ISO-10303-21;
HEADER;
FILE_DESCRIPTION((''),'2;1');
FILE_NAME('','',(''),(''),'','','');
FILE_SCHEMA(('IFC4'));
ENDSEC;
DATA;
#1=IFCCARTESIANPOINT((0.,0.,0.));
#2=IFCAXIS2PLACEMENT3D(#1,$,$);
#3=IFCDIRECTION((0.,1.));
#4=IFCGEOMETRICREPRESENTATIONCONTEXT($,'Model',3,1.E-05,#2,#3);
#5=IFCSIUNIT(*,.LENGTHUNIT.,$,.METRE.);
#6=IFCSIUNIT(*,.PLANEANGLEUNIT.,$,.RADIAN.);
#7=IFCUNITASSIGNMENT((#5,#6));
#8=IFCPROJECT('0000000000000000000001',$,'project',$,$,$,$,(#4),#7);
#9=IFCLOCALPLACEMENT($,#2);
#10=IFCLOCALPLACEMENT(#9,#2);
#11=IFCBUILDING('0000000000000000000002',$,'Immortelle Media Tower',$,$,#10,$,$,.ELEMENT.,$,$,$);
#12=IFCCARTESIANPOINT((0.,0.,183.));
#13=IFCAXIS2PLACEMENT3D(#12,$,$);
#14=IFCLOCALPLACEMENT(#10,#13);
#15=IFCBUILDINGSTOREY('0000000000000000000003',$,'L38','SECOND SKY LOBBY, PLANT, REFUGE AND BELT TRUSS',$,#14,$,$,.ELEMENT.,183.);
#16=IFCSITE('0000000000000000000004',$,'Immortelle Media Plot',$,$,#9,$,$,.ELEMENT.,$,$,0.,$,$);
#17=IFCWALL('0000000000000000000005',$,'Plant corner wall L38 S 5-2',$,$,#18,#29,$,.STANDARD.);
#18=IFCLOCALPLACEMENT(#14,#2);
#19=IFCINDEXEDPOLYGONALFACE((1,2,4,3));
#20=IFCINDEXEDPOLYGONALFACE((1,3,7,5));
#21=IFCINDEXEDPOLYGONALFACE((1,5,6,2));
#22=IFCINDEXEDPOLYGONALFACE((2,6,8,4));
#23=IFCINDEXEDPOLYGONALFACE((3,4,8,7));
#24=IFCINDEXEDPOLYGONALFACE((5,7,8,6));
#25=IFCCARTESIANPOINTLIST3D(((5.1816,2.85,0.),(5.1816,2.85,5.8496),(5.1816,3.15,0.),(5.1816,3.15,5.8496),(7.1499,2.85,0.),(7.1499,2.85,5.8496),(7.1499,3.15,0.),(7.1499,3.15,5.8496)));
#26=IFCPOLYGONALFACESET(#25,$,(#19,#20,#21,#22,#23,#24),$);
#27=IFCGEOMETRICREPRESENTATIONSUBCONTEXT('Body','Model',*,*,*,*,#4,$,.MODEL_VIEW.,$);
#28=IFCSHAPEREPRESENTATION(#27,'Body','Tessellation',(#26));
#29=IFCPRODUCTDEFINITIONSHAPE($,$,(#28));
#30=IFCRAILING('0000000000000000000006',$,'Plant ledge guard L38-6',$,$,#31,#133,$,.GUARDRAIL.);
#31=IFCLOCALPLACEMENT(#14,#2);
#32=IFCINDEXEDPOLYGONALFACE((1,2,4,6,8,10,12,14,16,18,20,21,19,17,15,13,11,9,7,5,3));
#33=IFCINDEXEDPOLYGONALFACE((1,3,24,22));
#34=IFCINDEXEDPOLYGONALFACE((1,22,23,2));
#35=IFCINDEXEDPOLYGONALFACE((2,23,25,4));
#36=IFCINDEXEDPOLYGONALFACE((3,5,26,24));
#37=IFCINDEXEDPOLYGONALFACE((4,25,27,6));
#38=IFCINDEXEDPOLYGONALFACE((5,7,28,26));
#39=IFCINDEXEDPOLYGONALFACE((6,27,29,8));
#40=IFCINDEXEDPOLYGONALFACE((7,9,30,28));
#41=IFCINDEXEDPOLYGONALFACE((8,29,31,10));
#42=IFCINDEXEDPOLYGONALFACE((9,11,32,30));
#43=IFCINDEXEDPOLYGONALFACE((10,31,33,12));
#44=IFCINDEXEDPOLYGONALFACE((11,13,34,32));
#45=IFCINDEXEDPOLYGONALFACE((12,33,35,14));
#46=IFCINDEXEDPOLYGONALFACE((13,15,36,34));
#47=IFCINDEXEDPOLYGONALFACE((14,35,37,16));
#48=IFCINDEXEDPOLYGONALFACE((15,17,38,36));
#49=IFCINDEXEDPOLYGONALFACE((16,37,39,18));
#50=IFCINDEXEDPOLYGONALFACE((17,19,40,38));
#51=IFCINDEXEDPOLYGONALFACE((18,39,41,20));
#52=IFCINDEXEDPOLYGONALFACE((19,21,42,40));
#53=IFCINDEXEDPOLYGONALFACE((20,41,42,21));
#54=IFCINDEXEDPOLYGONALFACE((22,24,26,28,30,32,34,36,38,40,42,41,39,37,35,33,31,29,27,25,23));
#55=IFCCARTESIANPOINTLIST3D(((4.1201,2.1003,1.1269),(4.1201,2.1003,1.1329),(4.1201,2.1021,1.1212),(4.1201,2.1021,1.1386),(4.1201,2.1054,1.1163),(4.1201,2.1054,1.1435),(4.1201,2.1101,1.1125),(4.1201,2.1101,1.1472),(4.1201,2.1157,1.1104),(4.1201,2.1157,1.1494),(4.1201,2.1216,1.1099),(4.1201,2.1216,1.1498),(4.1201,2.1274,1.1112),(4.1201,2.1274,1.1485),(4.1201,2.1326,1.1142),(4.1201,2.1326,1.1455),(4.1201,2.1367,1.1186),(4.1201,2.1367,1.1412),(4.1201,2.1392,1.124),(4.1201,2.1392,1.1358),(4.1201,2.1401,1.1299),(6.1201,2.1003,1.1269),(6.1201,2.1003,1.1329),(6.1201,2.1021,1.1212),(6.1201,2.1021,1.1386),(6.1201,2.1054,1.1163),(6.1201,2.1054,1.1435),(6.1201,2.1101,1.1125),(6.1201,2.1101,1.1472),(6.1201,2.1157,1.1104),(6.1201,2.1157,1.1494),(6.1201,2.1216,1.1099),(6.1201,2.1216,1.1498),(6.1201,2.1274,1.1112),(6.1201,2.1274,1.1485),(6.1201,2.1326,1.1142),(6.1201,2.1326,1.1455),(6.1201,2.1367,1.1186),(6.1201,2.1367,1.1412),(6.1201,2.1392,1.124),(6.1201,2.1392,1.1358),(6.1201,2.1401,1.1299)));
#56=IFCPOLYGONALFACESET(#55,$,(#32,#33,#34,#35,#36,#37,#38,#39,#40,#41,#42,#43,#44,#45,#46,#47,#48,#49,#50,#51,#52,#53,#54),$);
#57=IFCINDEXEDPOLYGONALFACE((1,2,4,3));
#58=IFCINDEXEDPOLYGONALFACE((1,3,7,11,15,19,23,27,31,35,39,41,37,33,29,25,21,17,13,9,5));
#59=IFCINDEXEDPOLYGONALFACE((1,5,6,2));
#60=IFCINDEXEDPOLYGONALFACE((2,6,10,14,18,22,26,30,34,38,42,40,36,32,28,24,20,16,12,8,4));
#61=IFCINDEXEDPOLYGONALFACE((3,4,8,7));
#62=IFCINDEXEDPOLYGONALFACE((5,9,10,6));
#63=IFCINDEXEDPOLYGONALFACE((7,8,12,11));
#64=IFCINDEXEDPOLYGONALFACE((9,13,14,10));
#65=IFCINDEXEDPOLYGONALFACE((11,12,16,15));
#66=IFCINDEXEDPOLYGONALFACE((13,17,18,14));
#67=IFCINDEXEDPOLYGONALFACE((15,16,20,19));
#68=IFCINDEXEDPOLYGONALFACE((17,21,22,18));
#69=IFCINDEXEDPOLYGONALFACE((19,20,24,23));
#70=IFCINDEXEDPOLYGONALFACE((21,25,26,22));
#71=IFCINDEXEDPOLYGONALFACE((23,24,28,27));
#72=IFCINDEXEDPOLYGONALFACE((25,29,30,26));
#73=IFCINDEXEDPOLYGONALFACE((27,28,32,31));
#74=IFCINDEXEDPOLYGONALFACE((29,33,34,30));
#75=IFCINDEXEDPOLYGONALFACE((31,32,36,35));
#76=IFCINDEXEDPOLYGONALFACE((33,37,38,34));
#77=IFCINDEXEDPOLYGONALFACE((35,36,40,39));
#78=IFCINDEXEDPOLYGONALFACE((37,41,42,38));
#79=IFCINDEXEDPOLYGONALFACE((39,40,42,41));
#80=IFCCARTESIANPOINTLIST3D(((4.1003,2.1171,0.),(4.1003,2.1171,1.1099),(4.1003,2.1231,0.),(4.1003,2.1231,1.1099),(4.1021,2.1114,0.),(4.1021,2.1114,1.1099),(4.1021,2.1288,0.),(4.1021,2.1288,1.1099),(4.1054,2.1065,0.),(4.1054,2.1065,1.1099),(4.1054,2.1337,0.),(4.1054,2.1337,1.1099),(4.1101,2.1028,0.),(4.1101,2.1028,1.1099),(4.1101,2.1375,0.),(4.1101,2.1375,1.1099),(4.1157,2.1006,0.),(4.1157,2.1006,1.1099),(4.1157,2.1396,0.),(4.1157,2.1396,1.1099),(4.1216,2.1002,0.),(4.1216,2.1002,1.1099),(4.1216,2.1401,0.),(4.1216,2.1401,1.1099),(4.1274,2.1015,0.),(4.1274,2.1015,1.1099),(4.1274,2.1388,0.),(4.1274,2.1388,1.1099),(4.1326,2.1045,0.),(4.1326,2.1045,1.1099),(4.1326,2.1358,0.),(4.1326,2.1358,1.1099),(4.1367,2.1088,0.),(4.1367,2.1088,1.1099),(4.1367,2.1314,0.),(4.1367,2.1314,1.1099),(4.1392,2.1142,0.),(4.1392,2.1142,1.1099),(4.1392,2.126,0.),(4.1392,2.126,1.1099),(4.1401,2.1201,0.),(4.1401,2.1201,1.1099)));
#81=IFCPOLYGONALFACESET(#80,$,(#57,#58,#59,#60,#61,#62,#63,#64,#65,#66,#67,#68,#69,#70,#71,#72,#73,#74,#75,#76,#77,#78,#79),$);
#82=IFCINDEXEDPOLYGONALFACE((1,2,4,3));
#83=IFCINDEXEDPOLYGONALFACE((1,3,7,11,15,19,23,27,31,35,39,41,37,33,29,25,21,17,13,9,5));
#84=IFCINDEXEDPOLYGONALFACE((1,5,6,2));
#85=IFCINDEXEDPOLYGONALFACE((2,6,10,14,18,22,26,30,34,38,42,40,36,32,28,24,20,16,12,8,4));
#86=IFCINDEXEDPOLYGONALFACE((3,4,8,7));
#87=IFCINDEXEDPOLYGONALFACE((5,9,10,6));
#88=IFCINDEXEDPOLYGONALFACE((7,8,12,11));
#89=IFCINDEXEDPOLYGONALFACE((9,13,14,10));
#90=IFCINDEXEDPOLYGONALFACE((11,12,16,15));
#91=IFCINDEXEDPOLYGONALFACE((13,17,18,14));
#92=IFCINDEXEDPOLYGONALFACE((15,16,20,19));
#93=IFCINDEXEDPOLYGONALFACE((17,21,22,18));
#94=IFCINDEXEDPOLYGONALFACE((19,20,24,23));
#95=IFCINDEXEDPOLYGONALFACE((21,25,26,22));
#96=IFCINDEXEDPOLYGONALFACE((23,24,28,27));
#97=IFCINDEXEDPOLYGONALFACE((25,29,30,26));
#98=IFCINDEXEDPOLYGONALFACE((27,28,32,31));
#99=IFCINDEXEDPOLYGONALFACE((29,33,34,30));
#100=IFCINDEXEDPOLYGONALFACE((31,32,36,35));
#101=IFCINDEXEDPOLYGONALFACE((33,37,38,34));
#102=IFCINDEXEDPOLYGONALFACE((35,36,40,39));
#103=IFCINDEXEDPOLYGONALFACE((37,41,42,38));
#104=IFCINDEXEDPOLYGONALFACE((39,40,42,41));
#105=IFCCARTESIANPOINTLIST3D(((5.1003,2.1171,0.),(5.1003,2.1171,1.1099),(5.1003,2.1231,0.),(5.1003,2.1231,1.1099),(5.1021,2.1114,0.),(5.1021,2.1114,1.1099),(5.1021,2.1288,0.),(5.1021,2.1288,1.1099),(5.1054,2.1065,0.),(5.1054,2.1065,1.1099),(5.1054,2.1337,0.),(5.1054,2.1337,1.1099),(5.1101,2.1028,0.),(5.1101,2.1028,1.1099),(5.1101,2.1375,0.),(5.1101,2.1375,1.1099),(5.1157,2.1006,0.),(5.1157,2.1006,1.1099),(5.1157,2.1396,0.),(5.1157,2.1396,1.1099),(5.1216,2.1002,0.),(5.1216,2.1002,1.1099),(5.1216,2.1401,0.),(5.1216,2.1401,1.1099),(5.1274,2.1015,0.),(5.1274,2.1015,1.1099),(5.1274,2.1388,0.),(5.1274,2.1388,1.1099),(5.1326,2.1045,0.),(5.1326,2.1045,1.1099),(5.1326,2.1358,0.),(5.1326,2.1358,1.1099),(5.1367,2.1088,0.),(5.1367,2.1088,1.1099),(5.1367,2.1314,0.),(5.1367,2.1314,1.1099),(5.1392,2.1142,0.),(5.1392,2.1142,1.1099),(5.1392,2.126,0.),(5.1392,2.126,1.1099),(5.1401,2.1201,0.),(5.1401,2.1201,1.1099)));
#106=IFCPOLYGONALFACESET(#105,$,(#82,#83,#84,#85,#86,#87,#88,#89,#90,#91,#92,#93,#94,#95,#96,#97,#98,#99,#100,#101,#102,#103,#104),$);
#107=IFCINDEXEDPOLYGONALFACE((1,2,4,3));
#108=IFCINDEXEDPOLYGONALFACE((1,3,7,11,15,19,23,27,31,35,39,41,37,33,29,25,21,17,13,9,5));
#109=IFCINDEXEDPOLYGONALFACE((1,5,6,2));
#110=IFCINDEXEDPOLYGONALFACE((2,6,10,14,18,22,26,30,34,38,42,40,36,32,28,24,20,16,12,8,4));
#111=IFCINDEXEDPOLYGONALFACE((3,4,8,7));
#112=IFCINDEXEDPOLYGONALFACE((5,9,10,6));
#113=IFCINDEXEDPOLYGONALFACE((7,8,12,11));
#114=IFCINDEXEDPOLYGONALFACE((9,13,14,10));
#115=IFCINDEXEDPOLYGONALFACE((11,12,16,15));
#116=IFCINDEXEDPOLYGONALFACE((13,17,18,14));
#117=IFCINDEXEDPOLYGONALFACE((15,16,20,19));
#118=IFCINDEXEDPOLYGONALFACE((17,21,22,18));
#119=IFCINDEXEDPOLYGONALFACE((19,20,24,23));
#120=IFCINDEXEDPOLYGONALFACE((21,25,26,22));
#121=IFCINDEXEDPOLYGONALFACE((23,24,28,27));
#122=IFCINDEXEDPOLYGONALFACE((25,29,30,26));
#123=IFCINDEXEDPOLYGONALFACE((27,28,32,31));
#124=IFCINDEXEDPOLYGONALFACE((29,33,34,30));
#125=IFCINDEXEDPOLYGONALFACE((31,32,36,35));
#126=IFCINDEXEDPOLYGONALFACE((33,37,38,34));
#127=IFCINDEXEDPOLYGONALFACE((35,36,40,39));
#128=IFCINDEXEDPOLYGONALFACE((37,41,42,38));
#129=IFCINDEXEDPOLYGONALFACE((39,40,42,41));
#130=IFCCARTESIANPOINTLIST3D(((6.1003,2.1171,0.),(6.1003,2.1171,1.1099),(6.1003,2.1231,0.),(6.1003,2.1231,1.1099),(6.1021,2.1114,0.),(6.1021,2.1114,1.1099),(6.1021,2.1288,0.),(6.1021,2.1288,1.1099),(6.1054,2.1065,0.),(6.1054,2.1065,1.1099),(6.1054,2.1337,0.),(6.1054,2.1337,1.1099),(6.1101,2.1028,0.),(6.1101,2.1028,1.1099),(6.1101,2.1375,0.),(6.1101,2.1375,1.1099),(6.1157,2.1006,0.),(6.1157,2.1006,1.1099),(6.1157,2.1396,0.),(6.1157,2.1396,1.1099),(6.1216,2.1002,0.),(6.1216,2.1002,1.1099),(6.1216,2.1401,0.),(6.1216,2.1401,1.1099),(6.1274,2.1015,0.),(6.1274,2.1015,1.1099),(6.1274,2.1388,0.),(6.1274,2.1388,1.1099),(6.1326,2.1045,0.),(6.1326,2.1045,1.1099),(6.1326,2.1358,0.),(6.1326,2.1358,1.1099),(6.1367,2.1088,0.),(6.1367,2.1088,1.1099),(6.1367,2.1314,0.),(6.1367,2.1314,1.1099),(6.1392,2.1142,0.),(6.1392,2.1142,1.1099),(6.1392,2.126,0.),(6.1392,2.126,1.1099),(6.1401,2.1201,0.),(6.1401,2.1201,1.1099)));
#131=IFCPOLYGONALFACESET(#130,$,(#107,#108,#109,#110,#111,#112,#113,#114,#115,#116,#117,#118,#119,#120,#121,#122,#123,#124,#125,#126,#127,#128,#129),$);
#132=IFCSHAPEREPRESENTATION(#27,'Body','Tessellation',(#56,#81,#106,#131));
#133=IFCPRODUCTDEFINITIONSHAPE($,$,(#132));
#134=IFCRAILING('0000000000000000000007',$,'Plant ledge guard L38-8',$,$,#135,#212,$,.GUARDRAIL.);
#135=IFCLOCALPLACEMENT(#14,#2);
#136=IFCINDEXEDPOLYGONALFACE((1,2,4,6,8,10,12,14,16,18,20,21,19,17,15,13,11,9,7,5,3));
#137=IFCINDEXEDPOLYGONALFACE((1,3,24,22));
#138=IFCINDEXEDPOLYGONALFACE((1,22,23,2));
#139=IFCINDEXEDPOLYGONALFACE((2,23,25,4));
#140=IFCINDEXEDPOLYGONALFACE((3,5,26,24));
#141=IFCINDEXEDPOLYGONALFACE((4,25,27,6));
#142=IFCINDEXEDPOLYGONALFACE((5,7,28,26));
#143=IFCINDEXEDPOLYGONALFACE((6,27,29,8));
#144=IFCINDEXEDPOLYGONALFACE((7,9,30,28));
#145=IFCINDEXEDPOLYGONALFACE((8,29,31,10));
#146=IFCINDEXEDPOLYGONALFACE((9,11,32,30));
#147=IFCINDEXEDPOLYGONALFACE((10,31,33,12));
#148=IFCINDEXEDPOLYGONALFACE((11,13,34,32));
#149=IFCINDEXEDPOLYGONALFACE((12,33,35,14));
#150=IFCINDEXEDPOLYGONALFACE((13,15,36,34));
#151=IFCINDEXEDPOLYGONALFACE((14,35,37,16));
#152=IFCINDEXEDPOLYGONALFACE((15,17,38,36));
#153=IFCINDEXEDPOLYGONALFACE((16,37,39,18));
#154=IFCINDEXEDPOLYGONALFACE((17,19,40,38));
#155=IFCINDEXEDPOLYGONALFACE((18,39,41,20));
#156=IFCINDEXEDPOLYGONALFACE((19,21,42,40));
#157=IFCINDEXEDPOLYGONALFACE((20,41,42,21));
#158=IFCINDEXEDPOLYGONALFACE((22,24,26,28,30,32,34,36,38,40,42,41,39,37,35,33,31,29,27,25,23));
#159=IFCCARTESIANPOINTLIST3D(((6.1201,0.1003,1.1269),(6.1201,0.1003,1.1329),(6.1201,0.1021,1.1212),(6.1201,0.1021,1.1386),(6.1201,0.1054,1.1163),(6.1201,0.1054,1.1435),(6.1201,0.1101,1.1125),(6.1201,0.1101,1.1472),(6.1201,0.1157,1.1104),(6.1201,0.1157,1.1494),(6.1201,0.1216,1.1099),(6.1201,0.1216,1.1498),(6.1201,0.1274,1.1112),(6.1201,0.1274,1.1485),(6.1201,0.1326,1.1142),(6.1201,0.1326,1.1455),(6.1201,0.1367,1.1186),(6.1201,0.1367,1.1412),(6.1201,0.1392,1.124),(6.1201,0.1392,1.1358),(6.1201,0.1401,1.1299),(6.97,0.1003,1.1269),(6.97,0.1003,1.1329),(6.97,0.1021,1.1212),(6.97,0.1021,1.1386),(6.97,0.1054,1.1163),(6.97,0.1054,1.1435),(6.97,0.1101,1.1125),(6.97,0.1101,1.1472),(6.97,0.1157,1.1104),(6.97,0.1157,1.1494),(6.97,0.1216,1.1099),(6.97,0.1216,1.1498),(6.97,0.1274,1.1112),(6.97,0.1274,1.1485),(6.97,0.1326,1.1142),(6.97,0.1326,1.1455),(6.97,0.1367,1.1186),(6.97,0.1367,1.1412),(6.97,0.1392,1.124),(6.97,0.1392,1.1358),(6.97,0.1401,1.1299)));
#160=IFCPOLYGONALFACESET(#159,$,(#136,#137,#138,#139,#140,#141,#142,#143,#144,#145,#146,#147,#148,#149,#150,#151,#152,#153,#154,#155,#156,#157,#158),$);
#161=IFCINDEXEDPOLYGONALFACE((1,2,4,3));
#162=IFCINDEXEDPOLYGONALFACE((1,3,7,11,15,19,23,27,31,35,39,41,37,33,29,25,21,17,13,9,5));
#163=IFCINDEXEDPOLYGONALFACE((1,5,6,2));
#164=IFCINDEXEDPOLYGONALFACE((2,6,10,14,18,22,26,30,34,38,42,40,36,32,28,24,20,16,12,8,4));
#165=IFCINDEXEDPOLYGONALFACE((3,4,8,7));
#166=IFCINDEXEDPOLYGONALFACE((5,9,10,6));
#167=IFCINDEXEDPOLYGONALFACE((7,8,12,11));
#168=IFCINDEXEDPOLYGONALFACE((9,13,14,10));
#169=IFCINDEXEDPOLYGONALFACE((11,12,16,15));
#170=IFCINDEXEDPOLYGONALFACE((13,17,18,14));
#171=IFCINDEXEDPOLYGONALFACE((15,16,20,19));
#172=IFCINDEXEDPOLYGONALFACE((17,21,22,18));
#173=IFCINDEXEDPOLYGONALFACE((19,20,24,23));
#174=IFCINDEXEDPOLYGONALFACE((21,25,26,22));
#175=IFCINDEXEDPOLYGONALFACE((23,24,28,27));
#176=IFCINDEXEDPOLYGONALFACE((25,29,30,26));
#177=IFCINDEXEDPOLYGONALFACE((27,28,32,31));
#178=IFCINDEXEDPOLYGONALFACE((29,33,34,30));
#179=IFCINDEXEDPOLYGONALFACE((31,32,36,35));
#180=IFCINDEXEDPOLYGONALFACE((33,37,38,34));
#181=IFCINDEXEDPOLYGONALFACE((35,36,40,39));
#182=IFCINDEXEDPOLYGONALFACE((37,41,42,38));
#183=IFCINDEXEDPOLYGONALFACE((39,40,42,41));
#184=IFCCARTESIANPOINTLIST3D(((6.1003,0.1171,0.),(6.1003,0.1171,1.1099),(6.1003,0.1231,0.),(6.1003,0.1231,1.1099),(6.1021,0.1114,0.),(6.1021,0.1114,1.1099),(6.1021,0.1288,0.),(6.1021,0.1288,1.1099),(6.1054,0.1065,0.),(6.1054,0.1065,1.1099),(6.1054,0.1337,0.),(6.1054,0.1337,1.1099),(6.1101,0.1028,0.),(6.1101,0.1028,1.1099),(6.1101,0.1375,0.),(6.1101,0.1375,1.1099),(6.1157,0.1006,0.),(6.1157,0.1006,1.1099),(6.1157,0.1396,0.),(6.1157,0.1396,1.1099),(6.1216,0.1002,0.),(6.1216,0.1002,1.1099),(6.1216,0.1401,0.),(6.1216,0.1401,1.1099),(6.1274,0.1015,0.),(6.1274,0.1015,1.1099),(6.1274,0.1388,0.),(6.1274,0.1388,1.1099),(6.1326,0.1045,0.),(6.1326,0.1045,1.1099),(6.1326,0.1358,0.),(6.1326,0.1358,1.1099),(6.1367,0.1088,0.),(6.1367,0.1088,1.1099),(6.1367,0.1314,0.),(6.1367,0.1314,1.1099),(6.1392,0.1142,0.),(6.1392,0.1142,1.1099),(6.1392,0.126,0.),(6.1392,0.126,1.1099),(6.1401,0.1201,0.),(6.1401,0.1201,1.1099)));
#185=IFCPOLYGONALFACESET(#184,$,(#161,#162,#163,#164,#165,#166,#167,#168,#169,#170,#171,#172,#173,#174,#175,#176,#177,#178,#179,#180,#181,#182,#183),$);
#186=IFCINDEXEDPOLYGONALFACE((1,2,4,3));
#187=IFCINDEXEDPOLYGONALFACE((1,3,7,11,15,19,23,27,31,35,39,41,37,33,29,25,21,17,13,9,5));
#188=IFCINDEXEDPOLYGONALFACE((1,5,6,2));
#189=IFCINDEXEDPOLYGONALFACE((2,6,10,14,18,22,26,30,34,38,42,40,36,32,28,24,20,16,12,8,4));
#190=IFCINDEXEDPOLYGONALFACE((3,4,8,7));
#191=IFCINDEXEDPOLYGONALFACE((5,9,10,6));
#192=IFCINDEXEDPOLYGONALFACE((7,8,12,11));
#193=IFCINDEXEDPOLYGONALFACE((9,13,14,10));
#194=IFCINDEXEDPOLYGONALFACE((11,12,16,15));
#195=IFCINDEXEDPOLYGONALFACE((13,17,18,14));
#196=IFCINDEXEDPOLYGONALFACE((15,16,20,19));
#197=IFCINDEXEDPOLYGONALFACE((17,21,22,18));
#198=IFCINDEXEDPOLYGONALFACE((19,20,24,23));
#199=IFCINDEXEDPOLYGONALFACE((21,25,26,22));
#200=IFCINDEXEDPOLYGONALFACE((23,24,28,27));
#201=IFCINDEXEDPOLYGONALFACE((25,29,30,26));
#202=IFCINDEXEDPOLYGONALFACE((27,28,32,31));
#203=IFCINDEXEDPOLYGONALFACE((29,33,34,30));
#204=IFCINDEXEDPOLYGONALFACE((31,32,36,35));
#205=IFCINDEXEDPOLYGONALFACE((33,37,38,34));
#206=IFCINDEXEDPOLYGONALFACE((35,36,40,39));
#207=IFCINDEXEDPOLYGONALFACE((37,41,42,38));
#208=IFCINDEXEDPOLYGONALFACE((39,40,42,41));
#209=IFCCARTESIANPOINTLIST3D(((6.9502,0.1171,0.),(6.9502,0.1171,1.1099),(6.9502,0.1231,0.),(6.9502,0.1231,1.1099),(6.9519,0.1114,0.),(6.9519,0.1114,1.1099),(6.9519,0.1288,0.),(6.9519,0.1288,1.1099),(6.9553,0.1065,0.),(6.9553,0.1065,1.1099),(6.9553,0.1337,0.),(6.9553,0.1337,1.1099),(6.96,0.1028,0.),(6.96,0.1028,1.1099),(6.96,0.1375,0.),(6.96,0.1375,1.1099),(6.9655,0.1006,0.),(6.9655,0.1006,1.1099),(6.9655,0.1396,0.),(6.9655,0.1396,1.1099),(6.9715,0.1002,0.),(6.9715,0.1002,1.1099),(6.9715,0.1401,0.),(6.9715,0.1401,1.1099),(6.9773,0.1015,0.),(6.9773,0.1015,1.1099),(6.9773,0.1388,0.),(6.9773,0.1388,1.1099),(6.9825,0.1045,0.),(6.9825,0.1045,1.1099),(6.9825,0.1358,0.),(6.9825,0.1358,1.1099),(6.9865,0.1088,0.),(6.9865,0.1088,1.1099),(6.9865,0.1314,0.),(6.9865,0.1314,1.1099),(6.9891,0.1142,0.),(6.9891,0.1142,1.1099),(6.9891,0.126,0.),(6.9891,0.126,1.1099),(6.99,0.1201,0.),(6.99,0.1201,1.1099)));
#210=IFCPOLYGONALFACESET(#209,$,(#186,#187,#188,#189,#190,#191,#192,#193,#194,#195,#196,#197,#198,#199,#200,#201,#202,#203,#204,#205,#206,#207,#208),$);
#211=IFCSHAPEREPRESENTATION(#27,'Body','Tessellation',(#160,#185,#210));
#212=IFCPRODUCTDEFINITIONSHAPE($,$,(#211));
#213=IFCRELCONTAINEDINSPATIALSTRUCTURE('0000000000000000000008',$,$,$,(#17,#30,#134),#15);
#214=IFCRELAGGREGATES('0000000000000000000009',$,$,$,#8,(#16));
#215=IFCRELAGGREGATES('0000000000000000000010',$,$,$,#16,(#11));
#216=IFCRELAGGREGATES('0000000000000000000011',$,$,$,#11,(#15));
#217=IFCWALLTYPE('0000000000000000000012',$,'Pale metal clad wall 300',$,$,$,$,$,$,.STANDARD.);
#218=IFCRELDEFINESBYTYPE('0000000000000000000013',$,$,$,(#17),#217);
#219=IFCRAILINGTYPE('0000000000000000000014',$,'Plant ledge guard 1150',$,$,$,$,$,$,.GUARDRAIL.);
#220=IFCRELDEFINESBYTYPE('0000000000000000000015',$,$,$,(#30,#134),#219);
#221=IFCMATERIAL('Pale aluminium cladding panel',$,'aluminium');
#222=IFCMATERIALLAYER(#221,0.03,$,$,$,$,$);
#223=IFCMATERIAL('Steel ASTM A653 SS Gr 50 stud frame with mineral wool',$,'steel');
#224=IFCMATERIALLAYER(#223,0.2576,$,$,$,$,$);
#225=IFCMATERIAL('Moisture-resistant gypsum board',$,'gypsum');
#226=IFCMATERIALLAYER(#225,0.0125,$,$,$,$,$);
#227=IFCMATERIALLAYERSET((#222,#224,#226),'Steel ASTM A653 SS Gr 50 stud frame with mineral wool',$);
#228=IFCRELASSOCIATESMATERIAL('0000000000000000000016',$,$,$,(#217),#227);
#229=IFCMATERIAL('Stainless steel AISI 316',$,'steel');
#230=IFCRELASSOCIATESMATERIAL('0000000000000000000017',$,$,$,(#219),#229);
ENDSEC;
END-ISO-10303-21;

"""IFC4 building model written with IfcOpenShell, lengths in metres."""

from ifc_helpers import new_model, si_unit, direction, frame, frame_2d, origin, origin_2d, place, context, subcontext, project, spatial, rectangle, circle, extrude, material, layer, layer_set, type_object, element, save


model = new_model("IFC4")

# Units and contexts
model_context = context("Model", 3, precision=1e-05, world=origin(), true_north=direction((0.0, 1.0)))
body_context = subcontext(model_context, "Body", "Model", "MODEL_VIEW")
ifc_project = project(units=[si_unit("LENGTHUNIT", "METRE"), si_unit("PLANEANGLEUNIT", "RADIAN")], contexts=[model_context])

# Site, building, storey
site_placement = place(None, origin())
site = spatial("IfcSite", under=ifc_project, at=site_placement, Name="Immortelle Media Plot", CompositionType="ELEMENT", RefElevation=0.0)
building_placement = place(site_placement, origin())
building = spatial("IfcBuilding", under=site, at=building_placement, Name="Immortelle Media Tower", CompositionType="ELEMENT")
storey_placement = place(building_placement, frame((0.0, 0.0, 183.0)))
storey = spatial("IfcBuildingStorey", under=building, at=storey_placement, Name="L38", Description="SECOND SKY LOBBY, PLANT, REFUGE AND BELT TRUSS", CompositionType="ELEMENT", Elevation=183.0)

# Shared definitions
ifc_material_1 = material(Name="Steel ASTM A653 SS Gr 50 stud frame with mineral wool", Category="steel")

# Wall
ifc_material_2 = material(Name="Pale aluminium cladding panel", Category="aluminium")
ifc_layer_1 = layer(ifc_material_2, 0.03)
ifc_layer_2 = layer(ifc_material_1, 0.2576)
ifc_material_3 = material(Name="Moisture-resistant gypsum board", Category="gypsum")
ifc_layer_3 = layer(ifc_material_3, 0.0125)
ifc_layer_set_1 = layer_set([ifc_layer_1, ifc_layer_2, ifc_layer_3], Name="Steel ASTM A653 SS Gr 50 stud frame with mineral wool")
wall_type_1 = type_object("IfcWallType", Name="Pale metal clad wall 300", PredefinedType="STANDARD", material=ifc_layer_set_1)
wall_1_placement = place(storey_placement, frame((5.1816, 3.0, 0.0), z_axis=(0.0, 0.0, 1.0), x_axis=(1.0, 0.0, 0.0)))
element("IfcWall", 1, at=wall_1_placement, inside=storey, type_object=wall_type_1, Name="Plant corner wall L38 S 5-2", PredefinedType="STANDARD", context=body_context, shape_type="SweptSolid", body=[
    extrude(rectangle(XDim=1.9683, YDim=0.3, at=frame_2d((0.9841, 0.0))), origin(), (0.0, 0.0, 1.0), 5.8496),
])

# Railings
ifc_material_4 = material(Name="Stainless steel AISI 316", Category="steel")
railing_type = type_object("IfcRailingType", Name="Plant ledge guard 1150", PredefinedType="GUARDRAIL", material=ifc_material_4)
railing_1_placement = place(storey_placement, frame((4.1201, 2.1201, 0.0)))
element("IfcRailing", 2, at=railing_1_placement, inside=storey, type_object=railing_type, Name="Plant ledge guard L38-6", PredefinedType="GUARDRAIL", context=body_context, shape_type="SweptSolid", body=[
    extrude(circle(Radius=0.02, at=origin_2d()), frame((0.0, 0.0, 1.1299), z_axis=(1.0, 0.0, 0.0), x_axis=(0.0, 1.0, 0.0)), (0.0, 0.0, 1.0), 2.0),
    extrude(circle(Radius=0.02, at=origin_2d()), origin(), (0.0, 0.0, 1.0), 1.1099),
    extrude(circle(Radius=0.02, at=origin_2d()), frame((1.0, 0.0, 0.0)), (0.0, 0.0, 1.0), 1.1099),
    extrude(circle(Radius=0.02, at=origin_2d()), frame((2.0, 0.0, 0.0)), (0.0, 0.0, 1.0), 1.1099),
])
railing_2_placement = place(storey_placement, frame((6.1201, 0.1201, 0.0)))
element("IfcRailing", 3, at=railing_2_placement, inside=storey, type_object=railing_type, Name="Plant ledge guard L38-8", PredefinedType="GUARDRAIL", context=body_context, shape_type="SweptSolid", body=[
    extrude(circle(Radius=0.02, at=origin_2d()), frame((0.0, 0.0, 1.1299), z_axis=(1.0, 0.0, 0.0), x_axis=(0.0, 1.0, 0.0)), (0.0, 0.0, 1.0), 0.8499),
    extrude(circle(Radius=0.02, at=origin_2d()), origin(), (0.0, 0.0, 1.0), 1.1099),
    extrude(circle(Radius=0.02, at=origin_2d()), frame((0.8499, 0.0, 0.0)), (0.0, 0.0, 1.0), 1.1099),
])

save(model, "model.ifc")
